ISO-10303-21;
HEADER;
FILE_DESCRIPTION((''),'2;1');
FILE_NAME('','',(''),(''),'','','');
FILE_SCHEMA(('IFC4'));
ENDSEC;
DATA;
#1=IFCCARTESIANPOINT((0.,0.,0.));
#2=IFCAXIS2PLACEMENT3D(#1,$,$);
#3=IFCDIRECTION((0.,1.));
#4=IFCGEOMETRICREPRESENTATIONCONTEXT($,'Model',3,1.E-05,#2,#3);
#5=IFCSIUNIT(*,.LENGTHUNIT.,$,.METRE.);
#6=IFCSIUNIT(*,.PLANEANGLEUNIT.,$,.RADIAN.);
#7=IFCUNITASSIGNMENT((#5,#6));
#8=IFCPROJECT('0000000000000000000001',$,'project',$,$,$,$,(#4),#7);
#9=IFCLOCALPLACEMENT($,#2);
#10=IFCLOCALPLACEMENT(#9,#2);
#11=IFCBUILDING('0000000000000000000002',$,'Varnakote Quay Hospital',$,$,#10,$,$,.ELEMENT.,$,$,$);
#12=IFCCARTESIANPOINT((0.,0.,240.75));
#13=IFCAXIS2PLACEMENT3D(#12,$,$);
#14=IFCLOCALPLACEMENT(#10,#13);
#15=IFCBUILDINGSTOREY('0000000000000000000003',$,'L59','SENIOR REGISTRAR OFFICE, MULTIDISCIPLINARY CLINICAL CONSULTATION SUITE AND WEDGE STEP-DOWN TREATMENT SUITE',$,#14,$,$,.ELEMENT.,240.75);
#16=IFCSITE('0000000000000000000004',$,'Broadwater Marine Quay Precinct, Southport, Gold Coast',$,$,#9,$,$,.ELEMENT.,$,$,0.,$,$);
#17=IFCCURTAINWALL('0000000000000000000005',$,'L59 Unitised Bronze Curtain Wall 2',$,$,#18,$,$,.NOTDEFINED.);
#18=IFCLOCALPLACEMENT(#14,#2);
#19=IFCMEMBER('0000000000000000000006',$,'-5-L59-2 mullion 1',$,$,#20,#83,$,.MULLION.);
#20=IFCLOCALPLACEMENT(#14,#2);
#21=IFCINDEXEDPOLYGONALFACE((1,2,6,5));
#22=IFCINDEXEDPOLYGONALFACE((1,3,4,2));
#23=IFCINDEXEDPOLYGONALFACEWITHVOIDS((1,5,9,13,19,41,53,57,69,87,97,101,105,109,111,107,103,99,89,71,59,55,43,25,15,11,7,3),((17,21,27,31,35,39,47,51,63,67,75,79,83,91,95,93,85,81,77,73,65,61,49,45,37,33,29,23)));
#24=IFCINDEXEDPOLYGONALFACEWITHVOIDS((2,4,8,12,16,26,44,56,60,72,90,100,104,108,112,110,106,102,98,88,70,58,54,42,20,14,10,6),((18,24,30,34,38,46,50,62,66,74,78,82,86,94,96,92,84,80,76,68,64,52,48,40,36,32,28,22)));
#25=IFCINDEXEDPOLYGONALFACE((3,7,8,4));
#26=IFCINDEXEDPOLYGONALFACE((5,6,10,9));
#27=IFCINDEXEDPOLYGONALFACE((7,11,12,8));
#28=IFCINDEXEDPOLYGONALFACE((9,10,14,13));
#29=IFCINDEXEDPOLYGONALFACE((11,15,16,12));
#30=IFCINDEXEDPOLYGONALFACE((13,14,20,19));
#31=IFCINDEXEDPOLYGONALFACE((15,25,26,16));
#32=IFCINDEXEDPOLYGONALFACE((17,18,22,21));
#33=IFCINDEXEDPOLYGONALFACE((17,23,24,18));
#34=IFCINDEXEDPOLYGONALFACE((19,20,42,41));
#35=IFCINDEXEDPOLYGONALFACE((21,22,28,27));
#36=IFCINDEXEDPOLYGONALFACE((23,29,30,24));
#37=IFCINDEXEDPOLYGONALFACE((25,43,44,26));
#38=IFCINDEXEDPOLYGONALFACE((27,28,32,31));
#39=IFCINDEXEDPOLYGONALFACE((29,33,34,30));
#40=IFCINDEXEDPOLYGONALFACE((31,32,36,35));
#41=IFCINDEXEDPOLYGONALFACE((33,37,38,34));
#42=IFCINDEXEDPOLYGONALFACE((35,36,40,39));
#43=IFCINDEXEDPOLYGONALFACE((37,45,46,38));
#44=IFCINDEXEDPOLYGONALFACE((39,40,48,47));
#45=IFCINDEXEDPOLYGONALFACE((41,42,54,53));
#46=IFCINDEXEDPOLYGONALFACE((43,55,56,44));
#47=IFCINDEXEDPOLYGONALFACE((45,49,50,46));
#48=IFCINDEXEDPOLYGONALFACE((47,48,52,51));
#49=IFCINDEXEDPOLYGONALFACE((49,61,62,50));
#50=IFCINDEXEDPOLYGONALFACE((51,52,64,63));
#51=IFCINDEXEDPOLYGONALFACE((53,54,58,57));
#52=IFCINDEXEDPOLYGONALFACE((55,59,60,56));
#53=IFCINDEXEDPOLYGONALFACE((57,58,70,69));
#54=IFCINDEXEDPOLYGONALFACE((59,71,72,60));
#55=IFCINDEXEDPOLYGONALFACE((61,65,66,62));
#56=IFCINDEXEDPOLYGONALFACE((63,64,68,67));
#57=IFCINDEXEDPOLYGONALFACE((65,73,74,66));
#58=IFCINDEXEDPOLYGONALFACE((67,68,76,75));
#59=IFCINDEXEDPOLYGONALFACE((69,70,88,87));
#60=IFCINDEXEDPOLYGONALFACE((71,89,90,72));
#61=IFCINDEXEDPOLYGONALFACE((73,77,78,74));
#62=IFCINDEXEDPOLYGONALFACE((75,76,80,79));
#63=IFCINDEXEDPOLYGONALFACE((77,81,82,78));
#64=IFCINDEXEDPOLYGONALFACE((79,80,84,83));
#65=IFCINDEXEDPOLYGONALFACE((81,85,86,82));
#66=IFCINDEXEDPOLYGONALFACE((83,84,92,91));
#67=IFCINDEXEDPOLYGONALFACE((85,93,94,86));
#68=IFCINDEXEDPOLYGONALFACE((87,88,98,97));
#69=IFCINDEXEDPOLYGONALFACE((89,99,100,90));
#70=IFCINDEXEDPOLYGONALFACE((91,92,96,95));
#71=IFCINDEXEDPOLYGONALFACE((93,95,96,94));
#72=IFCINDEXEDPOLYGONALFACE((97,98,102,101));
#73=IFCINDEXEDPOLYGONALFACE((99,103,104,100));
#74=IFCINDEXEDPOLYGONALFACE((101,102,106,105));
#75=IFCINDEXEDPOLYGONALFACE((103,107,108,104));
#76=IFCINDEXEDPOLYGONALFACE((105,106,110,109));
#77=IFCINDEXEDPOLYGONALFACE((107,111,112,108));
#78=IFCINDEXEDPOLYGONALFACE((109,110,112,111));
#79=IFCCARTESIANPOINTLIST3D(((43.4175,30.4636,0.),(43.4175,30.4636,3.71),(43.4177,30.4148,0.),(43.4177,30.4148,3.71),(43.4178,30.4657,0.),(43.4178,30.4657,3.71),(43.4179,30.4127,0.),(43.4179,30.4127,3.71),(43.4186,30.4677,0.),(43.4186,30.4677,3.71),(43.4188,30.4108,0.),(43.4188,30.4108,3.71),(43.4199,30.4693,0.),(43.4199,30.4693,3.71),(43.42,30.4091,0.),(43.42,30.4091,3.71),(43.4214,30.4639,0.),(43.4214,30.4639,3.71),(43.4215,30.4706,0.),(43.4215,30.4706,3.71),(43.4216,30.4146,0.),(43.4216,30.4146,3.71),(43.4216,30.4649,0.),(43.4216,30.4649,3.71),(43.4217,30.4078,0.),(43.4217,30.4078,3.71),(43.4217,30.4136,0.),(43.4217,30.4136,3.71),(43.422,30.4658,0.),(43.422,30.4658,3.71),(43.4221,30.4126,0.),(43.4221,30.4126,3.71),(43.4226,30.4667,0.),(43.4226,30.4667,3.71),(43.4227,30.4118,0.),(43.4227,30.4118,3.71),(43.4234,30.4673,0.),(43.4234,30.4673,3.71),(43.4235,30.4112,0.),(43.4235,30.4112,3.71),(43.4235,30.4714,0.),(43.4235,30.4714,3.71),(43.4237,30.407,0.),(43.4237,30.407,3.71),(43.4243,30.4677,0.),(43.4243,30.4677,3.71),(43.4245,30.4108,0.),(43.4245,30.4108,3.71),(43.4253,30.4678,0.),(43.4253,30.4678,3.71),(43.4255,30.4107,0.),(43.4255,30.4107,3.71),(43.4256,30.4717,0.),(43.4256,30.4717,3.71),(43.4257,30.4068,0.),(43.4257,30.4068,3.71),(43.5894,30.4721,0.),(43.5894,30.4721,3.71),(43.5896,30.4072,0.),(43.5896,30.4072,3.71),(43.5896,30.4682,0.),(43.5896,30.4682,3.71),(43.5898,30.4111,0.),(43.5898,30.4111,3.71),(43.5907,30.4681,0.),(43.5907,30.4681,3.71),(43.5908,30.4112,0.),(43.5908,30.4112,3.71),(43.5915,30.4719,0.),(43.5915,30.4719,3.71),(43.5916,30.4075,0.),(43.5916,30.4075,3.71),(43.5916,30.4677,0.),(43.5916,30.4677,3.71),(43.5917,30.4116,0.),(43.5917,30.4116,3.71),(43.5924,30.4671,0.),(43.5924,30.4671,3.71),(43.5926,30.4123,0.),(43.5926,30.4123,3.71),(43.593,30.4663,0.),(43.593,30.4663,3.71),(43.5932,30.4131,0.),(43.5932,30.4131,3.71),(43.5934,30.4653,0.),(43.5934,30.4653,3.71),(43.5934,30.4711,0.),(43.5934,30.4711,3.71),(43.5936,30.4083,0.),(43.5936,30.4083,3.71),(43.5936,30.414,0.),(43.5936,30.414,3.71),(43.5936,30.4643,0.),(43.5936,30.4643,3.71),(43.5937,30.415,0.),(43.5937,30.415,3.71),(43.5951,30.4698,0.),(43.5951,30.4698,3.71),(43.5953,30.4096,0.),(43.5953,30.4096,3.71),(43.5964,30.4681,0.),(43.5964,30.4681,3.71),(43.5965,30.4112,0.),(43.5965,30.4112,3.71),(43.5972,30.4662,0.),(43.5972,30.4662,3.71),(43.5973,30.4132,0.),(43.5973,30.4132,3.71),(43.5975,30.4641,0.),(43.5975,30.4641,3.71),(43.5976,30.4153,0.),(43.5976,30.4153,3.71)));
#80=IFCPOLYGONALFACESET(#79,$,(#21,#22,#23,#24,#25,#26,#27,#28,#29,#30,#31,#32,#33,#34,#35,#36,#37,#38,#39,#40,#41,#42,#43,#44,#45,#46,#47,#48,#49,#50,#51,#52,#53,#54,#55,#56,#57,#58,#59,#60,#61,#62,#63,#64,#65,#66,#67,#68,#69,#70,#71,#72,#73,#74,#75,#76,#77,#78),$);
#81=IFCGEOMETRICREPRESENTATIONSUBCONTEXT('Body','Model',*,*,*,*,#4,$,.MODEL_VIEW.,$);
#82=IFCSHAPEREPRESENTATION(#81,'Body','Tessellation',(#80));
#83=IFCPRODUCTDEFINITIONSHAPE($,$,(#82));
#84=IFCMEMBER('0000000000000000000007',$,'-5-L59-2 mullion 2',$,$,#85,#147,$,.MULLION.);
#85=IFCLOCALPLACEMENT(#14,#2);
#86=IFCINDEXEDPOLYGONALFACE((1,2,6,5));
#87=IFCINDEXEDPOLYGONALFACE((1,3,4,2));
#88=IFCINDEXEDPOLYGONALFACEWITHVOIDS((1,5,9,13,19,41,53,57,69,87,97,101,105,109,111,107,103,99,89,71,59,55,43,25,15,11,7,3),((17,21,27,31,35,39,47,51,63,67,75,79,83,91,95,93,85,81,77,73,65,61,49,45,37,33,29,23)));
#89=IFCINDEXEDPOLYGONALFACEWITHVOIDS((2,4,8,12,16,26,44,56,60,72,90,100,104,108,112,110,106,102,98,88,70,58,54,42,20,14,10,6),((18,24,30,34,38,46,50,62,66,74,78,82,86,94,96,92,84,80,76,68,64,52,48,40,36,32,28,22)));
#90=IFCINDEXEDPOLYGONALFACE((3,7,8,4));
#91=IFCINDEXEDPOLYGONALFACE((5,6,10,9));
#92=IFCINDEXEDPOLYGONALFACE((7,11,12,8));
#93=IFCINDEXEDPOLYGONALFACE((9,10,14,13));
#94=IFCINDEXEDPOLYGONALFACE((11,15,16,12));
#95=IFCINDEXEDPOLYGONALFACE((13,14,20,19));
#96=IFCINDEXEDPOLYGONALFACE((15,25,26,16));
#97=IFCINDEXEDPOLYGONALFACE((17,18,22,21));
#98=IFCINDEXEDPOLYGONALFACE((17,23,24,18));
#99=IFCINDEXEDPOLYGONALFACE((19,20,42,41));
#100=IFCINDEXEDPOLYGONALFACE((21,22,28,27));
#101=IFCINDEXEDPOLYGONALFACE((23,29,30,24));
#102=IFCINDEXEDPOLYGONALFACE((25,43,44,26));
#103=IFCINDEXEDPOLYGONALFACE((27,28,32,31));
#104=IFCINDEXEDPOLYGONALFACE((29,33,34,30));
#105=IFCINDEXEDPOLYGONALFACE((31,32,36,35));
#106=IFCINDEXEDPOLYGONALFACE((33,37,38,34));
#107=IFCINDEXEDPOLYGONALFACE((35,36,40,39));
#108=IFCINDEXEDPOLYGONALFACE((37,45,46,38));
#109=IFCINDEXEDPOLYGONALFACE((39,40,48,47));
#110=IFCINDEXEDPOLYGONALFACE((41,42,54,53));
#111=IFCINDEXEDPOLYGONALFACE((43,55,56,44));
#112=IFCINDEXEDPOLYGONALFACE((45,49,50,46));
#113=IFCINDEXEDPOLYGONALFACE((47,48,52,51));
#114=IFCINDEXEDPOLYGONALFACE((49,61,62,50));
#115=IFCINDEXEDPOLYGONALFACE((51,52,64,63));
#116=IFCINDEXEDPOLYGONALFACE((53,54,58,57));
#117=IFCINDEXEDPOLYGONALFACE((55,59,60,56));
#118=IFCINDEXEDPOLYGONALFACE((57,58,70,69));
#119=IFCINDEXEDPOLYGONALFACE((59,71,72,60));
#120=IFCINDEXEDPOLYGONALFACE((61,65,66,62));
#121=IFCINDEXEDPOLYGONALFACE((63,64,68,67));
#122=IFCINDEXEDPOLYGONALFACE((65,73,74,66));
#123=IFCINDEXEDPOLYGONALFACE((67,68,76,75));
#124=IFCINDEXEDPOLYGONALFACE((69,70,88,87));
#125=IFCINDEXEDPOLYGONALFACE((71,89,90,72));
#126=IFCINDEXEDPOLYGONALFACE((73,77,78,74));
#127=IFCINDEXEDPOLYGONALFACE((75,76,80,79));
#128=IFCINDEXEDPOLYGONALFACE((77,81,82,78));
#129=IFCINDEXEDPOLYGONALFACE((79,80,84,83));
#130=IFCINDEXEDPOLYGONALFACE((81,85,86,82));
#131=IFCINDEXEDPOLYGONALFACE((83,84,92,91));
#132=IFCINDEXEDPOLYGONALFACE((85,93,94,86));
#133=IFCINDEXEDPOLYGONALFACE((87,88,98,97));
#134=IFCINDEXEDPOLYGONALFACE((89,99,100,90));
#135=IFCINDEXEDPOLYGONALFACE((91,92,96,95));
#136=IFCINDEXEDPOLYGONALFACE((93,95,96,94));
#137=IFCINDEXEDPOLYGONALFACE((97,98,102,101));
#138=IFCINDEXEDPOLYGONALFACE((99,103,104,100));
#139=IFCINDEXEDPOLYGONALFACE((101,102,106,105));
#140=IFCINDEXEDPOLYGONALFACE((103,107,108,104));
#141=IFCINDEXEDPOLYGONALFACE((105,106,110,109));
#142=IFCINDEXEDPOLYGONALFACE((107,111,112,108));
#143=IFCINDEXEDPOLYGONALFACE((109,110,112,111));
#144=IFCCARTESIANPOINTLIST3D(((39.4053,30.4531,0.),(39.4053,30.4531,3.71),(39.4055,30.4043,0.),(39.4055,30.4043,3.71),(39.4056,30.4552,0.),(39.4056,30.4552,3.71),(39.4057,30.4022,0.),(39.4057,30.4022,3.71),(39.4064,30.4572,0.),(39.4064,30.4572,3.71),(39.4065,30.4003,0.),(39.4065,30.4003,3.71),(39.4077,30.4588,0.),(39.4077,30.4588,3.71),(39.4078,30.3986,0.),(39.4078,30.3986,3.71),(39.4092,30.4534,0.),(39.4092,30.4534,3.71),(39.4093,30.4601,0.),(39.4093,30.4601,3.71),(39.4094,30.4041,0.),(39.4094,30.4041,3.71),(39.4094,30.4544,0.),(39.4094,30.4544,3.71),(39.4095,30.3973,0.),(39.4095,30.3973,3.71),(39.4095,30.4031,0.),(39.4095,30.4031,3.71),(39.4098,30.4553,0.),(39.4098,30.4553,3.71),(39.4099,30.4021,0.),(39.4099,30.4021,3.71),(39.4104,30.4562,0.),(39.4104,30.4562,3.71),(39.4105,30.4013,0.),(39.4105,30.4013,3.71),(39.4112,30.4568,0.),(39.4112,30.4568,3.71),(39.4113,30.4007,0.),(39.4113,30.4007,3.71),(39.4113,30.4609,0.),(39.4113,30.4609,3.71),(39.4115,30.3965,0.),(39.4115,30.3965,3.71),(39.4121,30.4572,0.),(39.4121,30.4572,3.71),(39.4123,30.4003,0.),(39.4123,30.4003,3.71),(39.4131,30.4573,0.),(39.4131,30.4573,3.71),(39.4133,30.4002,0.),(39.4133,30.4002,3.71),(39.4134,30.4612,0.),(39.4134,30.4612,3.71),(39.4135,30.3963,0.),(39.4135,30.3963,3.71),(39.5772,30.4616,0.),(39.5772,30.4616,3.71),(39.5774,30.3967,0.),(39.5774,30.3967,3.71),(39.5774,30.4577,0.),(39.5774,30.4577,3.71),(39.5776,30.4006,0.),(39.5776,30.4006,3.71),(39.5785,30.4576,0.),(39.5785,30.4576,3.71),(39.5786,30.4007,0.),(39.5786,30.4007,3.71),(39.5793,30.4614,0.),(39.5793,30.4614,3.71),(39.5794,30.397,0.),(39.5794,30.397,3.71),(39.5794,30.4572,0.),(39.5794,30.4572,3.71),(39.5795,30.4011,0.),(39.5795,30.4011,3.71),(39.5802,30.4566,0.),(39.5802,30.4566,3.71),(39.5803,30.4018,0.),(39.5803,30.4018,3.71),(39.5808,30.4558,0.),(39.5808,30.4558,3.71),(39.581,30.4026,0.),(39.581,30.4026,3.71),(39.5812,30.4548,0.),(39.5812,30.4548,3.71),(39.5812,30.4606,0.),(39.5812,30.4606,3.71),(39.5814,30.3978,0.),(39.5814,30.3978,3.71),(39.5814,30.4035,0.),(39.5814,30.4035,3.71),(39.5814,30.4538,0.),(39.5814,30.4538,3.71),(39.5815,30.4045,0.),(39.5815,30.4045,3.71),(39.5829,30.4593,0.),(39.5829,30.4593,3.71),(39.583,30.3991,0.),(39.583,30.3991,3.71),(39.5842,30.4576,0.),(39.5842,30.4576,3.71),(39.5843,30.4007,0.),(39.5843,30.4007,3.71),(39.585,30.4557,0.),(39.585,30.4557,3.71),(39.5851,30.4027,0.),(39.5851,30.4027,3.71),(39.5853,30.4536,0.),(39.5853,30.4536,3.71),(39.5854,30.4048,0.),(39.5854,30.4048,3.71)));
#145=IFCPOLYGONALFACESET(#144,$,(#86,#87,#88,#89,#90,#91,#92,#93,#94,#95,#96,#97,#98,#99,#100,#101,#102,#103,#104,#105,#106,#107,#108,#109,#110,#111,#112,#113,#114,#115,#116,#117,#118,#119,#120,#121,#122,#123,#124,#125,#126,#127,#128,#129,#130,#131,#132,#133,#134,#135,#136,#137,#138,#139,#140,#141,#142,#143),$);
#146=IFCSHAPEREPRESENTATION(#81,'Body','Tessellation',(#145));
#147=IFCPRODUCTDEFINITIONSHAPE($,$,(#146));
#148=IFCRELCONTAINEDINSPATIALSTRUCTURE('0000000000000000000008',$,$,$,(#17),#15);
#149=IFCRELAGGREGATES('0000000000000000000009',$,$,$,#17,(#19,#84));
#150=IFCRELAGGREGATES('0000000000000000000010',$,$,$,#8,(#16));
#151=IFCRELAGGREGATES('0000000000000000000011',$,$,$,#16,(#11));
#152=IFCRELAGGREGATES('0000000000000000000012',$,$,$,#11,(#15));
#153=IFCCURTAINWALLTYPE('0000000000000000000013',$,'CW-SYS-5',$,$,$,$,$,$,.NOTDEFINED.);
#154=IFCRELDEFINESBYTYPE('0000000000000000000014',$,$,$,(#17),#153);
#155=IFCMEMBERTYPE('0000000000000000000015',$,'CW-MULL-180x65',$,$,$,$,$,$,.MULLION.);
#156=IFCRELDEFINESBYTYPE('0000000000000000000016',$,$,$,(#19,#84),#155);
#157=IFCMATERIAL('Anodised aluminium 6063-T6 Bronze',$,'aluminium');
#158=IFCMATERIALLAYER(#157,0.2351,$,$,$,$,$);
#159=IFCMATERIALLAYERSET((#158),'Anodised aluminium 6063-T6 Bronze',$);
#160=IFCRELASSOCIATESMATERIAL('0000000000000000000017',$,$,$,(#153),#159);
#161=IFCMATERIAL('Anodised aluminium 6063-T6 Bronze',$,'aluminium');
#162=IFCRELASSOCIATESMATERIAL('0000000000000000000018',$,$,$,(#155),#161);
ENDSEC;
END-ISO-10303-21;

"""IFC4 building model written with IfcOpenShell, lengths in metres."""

from ifc_helpers import new_model, si_unit, direction, frame, origin, origin_2d, place, context, subcontext, project, spatial, hollow_rectangle, extrude, material, layer, layer_set, material_profile, profile_set, type_object, element, aggregate, save


model = new_model("IFC4")

# Units and contexts
model_context = context("Model", 3, precision=1e-05, world=origin(), true_north=direction((0.0, 1.0)))
body_context = subcontext(model_context, "Body", "Model", "MODEL_VIEW")
ifc_project = project(units=[si_unit("LENGTHUNIT", "METRE"), si_unit("PLANEANGLEUNIT", "RADIAN")], contexts=[model_context])

# Site, building, storey
site_placement = place(None, origin())
site = spatial("IfcSite", under=ifc_project, at=site_placement, Name="Broadwater Marine Quay Precinct, Southport, Gold Coast", CompositionType="ELEMENT", RefElevation=0.0)
building_placement = place(site_placement, origin())
building = spatial("IfcBuilding", under=site, at=building_placement, Name="Varnakote Quay Hospital", CompositionType="ELEMENT")
storey_placement = place(building_placement, frame((0.0, 0.0, 240.75)))
storey = spatial("IfcBuildingStorey", under=building, at=storey_placement, Name="L59", Description="SENIOR REGISTRAR OFFICE, MULTIDISCIPLINARY CLINICAL CONSULTATION SUITE AND WEDGE STEP-DOWN TREATMENT SUITE", CompositionType="ELEMENT", Elevation=240.75)

# Curtain wall, members
ifc_material_1 = material(Name="Anodised aluminium 6063-T6 Bronze", Category="aluminium")
ifc_layer_1 = layer(ifc_material_1, 0.2351)
ifc_layer_set_1 = layer_set([ifc_layer_1], Name="Anodised aluminium 6063-T6 Bronze")
curtain_wall_type = type_object("IfcCurtainWallType", Name="CW-SYS-5", PredefinedType="NOTDEFINED", material=ifc_layer_set_1)
ifc_material_2 = material(Name="Anodised aluminium 6063-T6 Bronze", Category="aluminium")
ifc_material_profile_1 = material_profile(ifc_material_2, hollow_rectangle(XDim=0.0649, YDim=0.1799, WallThickness=0.0039, InnerFilletRadius=0.0039, OuterFilletRadius=0.0081, at=origin_2d()), Name="CW-MULL-180x65")
ifc_profile_set_1 = profile_set([ifc_material_profile_1], Name="Anodised aluminium 6063-T6 Bronze")
member_type_1 = type_object("IfcMemberType", Name="CW-MULL-180x65", PredefinedType="MULLION", material=ifc_profile_set_1)
curtain_wall_1_placement = place(storey_placement, origin())
curtain_wall_1 = element("IfcCurtainWall", 1, at=curtain_wall_1_placement, inside=storey, type_object=curtain_wall_type, Name="L59 Unitised Bronze Curtain Wall 2", PredefinedType="NOTDEFINED")
member_1_placement = place(storey_placement, frame((43.5076, 30.4395, 0.0), z_axis=(0.0, 0.0, 1.0), x_axis=(0.002604, -0.999997, 0.0)))
member_1 = element("IfcMember", 2, at=member_1_placement, type_object=member_type_1, Name="-5-L59-2 mullion 1", PredefinedType="MULLION", context=body_context, shape_type="SweptSolid", body=[
    extrude(hollow_rectangle(XDim=0.0649, YDim=0.1799, WallThickness=0.0039, InnerFilletRadius=0.0039, OuterFilletRadius=0.0081, at=origin_2d()), origin(), (0.0, 0.0, 1.0), 3.71),
])
member_2_placement = place(storey_placement, frame((39.4954, 30.429, 0.0), z_axis=(0.0, 0.0, 1.0), x_axis=(0.002604, -0.999997, 0.0)))
member_2 = element("IfcMember", 3, at=member_2_placement, type_object=member_type_1, Name="-5-L59-2 mullion 2", PredefinedType="MULLION", context=body_context, shape_type="SweptSolid", body=[
    extrude(hollow_rectangle(XDim=0.0649, YDim=0.1799, WallThickness=0.0039, InnerFilletRadius=0.0039, OuterFilletRadius=0.0081, at=origin_2d()), origin(), (0.0, 0.0, 1.0), 3.71),
])

aggregate(curtain_wall_1, [member_1, member_2])

save(model, "model.ifc")
